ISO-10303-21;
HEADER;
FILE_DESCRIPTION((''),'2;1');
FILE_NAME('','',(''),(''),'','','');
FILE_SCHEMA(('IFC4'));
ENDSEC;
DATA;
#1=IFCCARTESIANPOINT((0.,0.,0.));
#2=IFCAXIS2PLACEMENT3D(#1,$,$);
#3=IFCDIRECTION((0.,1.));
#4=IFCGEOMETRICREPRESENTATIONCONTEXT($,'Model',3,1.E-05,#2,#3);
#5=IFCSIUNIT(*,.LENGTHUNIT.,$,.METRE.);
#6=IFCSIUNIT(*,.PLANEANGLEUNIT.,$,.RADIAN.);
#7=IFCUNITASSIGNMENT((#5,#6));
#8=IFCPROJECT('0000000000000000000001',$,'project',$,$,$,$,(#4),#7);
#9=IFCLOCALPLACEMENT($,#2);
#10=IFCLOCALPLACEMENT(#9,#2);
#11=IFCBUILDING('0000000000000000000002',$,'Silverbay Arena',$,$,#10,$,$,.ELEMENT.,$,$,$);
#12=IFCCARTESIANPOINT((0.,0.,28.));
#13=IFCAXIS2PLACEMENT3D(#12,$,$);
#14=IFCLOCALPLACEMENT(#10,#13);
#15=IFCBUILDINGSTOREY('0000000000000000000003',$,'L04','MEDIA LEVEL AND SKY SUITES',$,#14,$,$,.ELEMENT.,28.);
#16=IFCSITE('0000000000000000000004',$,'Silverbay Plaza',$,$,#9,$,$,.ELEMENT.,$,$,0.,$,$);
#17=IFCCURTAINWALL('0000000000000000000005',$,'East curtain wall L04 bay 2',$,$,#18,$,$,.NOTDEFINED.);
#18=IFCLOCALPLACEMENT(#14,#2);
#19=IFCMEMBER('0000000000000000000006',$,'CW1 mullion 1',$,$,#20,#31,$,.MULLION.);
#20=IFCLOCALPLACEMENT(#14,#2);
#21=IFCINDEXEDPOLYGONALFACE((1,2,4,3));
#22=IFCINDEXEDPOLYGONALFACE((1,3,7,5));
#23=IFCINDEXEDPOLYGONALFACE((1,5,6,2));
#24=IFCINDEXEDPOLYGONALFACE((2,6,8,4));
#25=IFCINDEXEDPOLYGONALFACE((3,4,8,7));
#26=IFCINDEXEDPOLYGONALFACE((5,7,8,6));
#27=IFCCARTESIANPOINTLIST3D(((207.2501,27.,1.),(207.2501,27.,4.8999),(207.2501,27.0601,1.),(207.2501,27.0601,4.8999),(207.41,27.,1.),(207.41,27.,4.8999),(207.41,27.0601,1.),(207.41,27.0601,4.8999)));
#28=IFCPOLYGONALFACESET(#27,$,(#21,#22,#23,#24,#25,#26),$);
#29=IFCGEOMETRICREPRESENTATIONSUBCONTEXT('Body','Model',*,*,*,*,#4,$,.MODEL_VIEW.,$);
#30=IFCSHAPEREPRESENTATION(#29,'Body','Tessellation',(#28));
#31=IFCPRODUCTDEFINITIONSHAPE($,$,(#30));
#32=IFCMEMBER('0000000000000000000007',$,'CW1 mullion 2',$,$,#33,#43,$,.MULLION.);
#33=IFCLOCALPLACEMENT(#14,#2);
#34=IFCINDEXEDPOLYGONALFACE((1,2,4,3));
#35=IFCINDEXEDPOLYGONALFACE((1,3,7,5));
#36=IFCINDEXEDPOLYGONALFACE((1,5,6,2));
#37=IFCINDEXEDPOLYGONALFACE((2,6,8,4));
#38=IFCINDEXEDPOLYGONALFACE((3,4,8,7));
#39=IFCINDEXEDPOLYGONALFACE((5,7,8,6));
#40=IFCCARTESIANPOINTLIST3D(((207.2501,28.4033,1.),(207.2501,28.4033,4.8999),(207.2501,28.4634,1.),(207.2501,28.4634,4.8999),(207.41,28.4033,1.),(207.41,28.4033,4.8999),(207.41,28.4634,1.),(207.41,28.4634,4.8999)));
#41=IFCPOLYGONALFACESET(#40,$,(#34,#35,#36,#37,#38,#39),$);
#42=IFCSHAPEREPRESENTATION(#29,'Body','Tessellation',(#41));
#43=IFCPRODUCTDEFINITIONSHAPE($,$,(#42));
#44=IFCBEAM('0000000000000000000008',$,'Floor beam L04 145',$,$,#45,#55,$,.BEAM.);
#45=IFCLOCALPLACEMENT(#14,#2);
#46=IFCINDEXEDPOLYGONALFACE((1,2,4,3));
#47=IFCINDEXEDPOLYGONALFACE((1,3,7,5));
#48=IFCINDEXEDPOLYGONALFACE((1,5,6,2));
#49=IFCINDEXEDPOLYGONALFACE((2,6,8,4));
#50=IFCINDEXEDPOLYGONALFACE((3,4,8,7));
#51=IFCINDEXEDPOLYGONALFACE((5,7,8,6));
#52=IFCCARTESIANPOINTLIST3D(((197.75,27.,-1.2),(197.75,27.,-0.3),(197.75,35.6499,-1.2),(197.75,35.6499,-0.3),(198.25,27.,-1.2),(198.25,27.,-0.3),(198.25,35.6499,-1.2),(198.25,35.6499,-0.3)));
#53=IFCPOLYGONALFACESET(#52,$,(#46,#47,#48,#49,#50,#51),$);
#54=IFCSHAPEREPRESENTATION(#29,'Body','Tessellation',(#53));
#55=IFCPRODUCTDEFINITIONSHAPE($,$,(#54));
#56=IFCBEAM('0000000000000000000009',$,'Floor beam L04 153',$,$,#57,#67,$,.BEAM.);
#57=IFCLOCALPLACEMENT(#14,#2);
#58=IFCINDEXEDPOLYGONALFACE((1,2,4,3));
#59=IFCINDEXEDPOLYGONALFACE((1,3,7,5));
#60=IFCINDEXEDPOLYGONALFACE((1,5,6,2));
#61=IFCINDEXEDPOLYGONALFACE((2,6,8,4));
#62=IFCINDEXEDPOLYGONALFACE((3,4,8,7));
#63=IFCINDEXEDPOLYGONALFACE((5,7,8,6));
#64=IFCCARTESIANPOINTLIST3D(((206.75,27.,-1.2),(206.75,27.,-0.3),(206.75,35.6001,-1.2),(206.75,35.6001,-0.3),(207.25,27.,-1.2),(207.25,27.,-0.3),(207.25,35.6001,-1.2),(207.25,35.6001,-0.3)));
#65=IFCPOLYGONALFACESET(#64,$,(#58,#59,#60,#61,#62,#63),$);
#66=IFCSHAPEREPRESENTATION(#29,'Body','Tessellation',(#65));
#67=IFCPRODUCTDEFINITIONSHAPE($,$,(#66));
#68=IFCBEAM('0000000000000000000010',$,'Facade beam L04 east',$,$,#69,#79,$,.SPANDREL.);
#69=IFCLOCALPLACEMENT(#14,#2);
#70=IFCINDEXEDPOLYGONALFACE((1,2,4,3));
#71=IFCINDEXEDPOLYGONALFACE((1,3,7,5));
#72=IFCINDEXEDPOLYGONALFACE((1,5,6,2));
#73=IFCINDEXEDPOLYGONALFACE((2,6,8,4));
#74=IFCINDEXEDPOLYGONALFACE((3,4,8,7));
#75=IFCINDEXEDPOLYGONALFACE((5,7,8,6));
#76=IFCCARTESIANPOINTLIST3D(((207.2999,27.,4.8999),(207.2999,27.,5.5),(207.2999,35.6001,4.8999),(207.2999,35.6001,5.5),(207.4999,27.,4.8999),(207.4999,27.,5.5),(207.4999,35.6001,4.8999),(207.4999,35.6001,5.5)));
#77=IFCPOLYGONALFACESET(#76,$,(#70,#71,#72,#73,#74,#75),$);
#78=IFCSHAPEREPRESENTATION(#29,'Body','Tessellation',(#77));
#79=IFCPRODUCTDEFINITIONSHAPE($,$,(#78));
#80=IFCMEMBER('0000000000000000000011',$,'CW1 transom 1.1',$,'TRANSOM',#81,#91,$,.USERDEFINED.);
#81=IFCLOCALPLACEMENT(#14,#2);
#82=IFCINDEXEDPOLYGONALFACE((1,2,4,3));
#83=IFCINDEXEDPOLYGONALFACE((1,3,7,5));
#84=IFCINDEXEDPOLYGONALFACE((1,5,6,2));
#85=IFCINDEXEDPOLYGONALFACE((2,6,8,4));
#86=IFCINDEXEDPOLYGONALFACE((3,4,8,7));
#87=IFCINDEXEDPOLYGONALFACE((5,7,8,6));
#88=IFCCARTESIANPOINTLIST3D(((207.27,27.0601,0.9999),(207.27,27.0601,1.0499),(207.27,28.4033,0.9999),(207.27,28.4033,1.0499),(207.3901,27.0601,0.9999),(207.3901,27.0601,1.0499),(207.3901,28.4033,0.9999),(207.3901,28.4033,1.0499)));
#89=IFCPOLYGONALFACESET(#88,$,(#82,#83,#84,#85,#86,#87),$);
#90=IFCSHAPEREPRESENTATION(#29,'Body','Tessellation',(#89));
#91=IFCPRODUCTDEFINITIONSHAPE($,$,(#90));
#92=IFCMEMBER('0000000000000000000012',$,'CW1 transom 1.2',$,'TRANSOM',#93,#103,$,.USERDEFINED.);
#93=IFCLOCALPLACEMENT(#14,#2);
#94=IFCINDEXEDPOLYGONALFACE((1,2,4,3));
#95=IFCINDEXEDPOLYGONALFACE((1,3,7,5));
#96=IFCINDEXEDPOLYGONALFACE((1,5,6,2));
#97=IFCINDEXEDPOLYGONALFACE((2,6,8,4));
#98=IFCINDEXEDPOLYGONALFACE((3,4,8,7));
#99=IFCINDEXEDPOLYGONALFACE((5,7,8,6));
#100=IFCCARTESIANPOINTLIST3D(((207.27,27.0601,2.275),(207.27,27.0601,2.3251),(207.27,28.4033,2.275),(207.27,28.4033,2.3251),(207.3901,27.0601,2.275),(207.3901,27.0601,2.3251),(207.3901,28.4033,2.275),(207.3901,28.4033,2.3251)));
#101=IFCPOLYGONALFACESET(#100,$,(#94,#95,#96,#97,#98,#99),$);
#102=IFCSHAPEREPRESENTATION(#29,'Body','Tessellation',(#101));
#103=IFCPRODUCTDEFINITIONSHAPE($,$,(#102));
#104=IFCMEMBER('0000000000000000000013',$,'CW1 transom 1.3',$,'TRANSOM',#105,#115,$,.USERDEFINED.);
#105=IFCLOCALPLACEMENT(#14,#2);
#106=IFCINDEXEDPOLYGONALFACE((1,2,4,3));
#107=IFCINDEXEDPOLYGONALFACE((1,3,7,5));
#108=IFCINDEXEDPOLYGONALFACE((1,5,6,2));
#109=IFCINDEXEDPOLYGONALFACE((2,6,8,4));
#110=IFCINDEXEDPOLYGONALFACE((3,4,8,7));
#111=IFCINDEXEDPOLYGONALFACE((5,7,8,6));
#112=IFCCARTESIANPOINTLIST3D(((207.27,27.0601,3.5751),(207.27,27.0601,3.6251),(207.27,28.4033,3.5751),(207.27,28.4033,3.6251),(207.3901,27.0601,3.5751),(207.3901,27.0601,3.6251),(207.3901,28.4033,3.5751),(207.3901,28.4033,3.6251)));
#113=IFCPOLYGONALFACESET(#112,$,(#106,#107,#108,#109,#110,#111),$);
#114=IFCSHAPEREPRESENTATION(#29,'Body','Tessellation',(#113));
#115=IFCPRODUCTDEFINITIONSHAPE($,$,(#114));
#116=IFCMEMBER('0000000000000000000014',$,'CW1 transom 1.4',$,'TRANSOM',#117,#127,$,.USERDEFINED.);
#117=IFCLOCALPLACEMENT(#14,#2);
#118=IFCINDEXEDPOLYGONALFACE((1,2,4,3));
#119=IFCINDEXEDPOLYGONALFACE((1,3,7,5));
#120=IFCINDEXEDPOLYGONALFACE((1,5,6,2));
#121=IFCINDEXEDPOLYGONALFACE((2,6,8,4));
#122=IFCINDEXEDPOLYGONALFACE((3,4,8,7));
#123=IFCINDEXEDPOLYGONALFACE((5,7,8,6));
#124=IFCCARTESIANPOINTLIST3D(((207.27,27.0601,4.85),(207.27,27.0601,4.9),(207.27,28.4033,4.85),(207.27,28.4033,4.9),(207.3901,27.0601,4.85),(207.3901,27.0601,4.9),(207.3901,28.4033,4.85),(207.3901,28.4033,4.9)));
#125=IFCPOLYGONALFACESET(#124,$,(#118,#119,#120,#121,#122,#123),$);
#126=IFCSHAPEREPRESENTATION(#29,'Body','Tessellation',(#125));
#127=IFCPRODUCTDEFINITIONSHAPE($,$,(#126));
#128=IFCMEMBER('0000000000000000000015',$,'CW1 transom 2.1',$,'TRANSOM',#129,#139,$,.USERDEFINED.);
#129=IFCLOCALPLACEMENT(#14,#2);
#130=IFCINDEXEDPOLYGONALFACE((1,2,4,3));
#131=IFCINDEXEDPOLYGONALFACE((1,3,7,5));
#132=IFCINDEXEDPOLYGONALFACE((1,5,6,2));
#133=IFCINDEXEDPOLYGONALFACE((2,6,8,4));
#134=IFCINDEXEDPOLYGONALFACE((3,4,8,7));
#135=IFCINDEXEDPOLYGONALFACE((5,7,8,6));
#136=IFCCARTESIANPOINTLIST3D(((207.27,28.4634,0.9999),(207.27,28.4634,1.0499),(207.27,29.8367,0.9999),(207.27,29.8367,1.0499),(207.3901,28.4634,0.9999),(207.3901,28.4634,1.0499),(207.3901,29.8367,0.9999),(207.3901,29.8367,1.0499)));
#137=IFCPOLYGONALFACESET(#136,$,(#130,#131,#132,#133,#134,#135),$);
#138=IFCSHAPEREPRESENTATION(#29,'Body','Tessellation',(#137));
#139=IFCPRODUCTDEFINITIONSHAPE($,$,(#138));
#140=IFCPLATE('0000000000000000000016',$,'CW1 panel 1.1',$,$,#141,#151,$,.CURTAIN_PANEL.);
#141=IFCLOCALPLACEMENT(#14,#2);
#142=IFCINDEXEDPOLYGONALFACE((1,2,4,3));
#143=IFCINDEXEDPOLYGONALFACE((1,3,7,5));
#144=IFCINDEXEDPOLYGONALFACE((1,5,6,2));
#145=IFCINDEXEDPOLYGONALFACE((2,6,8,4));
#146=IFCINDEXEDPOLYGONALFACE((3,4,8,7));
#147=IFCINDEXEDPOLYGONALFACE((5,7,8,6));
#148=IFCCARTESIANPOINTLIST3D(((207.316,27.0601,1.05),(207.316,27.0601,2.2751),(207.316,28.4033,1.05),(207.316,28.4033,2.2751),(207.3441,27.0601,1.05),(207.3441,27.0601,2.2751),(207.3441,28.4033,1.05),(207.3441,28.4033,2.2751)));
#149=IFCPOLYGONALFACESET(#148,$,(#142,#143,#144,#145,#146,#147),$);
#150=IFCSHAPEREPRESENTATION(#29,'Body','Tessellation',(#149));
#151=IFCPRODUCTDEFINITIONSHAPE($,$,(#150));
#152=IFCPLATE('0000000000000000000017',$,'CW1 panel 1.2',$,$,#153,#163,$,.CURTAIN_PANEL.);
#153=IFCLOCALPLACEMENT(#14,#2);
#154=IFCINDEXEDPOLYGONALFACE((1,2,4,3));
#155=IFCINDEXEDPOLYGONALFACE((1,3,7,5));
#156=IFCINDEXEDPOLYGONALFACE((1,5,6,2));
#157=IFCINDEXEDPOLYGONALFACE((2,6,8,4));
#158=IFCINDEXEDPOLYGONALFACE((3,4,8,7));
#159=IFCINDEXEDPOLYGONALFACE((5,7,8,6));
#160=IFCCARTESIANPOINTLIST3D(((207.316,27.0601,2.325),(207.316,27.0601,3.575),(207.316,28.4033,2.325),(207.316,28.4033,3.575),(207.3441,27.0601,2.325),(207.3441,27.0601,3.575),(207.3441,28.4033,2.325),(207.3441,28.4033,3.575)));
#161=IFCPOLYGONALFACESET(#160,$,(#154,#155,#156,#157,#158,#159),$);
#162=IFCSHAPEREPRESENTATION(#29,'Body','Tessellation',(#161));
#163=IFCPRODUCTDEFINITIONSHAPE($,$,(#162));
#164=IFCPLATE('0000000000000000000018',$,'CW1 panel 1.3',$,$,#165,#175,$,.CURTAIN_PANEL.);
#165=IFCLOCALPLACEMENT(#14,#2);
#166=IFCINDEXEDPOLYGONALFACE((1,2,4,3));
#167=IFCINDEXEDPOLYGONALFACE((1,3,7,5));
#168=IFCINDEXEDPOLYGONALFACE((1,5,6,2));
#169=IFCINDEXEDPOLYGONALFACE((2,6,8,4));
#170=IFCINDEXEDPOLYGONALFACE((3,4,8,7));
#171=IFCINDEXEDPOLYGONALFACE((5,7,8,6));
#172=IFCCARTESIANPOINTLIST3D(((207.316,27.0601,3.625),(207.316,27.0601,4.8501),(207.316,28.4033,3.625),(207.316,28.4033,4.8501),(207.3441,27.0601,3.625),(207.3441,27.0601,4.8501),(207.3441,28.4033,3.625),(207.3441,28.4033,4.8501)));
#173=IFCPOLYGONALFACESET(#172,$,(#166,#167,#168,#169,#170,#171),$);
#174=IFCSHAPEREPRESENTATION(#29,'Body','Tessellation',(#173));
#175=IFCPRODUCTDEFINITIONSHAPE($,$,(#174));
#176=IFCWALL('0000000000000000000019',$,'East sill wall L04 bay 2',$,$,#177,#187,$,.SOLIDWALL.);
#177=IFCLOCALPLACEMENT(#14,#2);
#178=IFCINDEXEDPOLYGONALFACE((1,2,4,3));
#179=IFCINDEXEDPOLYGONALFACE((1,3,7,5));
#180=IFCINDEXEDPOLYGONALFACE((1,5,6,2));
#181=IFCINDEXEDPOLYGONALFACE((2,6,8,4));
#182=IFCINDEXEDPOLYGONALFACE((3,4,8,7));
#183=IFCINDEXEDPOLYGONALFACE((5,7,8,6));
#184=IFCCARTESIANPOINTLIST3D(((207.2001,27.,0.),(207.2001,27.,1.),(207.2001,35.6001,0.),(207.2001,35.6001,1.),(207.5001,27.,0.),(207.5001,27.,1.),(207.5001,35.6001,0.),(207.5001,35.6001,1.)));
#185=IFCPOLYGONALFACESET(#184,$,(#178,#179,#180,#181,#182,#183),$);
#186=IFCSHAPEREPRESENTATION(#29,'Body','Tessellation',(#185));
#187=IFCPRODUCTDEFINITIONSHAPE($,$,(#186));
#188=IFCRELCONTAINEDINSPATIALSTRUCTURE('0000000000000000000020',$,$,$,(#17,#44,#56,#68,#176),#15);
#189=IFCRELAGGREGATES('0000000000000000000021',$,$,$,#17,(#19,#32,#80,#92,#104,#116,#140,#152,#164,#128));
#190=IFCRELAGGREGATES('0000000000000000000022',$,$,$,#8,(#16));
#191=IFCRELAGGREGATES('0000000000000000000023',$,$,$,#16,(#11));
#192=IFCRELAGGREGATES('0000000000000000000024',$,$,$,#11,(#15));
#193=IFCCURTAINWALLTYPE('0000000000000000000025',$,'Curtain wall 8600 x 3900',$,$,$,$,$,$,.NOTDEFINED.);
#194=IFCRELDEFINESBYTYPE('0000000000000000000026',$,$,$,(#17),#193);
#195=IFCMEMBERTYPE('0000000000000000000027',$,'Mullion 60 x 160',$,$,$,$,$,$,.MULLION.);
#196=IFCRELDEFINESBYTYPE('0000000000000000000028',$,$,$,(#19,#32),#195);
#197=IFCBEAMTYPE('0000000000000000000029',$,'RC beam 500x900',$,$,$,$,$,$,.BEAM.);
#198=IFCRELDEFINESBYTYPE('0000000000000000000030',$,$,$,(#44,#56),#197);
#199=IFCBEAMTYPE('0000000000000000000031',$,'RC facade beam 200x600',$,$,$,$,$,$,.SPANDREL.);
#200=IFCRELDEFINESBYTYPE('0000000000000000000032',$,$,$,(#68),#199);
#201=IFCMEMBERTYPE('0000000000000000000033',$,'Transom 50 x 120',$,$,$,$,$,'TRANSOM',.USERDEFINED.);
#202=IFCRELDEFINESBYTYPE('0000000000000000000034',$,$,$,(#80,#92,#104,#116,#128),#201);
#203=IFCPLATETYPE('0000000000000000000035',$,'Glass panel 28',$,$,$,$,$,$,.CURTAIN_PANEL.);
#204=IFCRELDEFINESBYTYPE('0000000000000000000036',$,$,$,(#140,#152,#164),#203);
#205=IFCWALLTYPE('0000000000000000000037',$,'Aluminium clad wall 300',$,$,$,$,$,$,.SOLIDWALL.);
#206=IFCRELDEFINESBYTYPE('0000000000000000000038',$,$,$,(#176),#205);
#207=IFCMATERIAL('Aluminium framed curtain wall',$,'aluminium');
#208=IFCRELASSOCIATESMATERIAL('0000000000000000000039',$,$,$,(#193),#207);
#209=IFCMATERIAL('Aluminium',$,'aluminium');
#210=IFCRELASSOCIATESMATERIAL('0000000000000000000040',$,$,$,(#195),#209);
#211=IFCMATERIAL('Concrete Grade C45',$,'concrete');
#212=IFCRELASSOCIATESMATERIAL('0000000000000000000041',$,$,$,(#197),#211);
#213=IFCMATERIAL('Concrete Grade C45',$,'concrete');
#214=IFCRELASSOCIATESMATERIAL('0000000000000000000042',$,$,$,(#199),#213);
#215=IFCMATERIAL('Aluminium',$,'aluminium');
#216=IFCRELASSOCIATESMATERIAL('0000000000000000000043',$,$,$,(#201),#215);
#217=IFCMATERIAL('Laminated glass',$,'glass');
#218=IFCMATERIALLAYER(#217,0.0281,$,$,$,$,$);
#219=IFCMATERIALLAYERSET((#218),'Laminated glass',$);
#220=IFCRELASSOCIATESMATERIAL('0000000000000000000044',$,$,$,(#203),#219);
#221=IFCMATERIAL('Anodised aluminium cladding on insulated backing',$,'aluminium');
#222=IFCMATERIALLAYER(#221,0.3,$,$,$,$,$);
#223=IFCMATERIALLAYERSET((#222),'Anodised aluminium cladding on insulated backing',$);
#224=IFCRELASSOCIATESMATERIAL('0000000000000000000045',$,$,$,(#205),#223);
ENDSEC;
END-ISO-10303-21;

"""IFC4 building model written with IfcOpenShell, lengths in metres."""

from ifc_helpers import new_model, si_unit, direction, frame, frame_2d, origin, origin_2d, place, context, subcontext, project, spatial, rectangle, extrude, material, layer, layer_set, material_profile, profile_set, type_object, element, aggregate, save


model = new_model("IFC4")

# Units and contexts
model_context = context("Model", 3, precision=1e-05, world=origin(), true_north=direction((0.0, 1.0)))
body_context = subcontext(model_context, "Body", "Model", "MODEL_VIEW")
ifc_project = project(units=[si_unit("LENGTHUNIT", "METRE"), si_unit("PLANEANGLEUNIT", "RADIAN")], contexts=[model_context])

# Site, building, storey
site_placement = place(None, origin())
site = spatial("IfcSite", under=ifc_project, at=site_placement, Name="Silverbay Plaza", CompositionType="ELEMENT", RefElevation=0.0)
building_placement = place(site_placement, origin())
building = spatial("IfcBuilding", under=site, at=building_placement, Name="Silverbay Arena", CompositionType="ELEMENT")
storey_placement = place(building_placement, frame((0.0, 0.0, 28.0)))
storey = spatial("IfcBuildingStorey", under=building, at=storey_placement, Name="L04", Description="MEDIA LEVEL AND SKY SUITES", CompositionType="ELEMENT", Elevation=28.0)

# Curtain wall, members
ifc_material_1 = material(Name="Aluminium framed curtain wall", Category="aluminium")
curtain_wall_type = type_object("IfcCurtainWallType", Name="Curtain wall 8600 x 3900", PredefinedType="NOTDEFINED", material=ifc_material_1)
curtain_wall_placement = place(storey_placement, origin())
curtain_wall = element("IfcCurtainWall", 1, at=curtain_wall_placement, inside=storey, type_object=curtain_wall_type, Name="East curtain wall L04 bay 2", PredefinedType="NOTDEFINED")
ifc_material_2 = material(Name="Aluminium", Category="aluminium")
ifc_material_profile_1 = material_profile(ifc_material_2, rectangle(XDim=0.1599, YDim=0.0601, at=origin_2d()), Name="Mullion 60 x 160")
ifc_profile_set_1 = profile_set([ifc_material_profile_1], Name="Aluminium")
member_type_1 = type_object("IfcMemberType", Name="Mullion 60 x 160", PredefinedType="MULLION", material=ifc_profile_set_1)
member_1_placement = place(storey_placement, frame((207.3301, 27.03, 1.0), z_axis=(0.0, 0.0, 1.0), x_axis=(-1.0, 0.0, 0.0)))
member_1 = element("IfcMember", 2, at=member_1_placement, type_object=member_type_1, Name="CW1 mullion 1", PredefinedType="MULLION", context=body_context, shape_type="SweptSolid", body=[
    extrude(rectangle(XDim=0.1599, YDim=0.0601, at=origin_2d()), origin(), (0.0, 0.0, 1.0), 3.8999),
])
member_2_placement = place(storey_placement, frame((207.3301, 28.4333, 1.0), z_axis=(0.0, 0.0, 1.0), x_axis=(-1.0, 0.0, 0.0)))
member_2 = element("IfcMember", 3, at=member_2_placement, type_object=member_type_1, Name="CW1 mullion 2", PredefinedType="MULLION", context=body_context, shape_type="SweptSolid", body=[
    extrude(rectangle(XDim=0.1599, YDim=0.0601, at=origin_2d()), origin(), (0.0, 0.0, 1.0), 3.8999),
])

# Beams
ifc_material_3 = material(Name="Concrete Grade C45", Category="concrete")
ifc_material_profile_2 = material_profile(ifc_material_3, rectangle(XDim=0.5, YDim=0.8999, at=origin_2d()), Name="RC 500x900")
ifc_profile_set_2 = profile_set([ifc_material_profile_2], Name="Concrete Grade C45")
beam_type_1 = type_object("IfcBeamType", Name="RC beam 500x900", PredefinedType="BEAM", material=ifc_profile_set_2)
beam_1_placement = place(storey_placement, frame((198.0, 27.0, -0.75), z_axis=(0.0, 1.0, 0.0), x_axis=(-1.0, 0.0, 0.0)))
element("IfcBeam", 4, at=beam_1_placement, inside=storey, type_object=beam_type_1, Name="Floor beam L04 145", PredefinedType="BEAM", context=body_context, shape_type="SweptSolid", body=[
    extrude(rectangle(XDim=0.5, YDim=0.8999, at=origin_2d()), origin(), (0.0, 0.0, 1.0), 8.6499),
])
beam_2_placement = place(storey_placement, frame((207.0, 27.0, -0.75), z_axis=(0.0, 1.0, 0.0), x_axis=(-1.0, 0.0, 0.0)))
element("IfcBeam", 5, at=beam_2_placement, inside=storey, type_object=beam_type_1, Name="Floor beam L04 153", PredefinedType="BEAM", context=body_context, shape_type="SweptSolid", body=[
    extrude(rectangle(XDim=0.5, YDim=0.8999, at=origin_2d()), origin(), (0.0, 0.0, 1.0), 8.6001),
])
ifc_material_4 = material(Name="Concrete Grade C45", Category="concrete")
ifc_material_profile_3 = material_profile(ifc_material_4, rectangle(XDim=0.2, YDim=0.6001, at=origin_2d()), Name="RC 200x600")
ifc_profile_set_3 = profile_set([ifc_material_profile_3], Name="Concrete Grade C45")
beam_type_2 = type_object("IfcBeamType", Name="RC facade beam 200x600", PredefinedType="SPANDREL", material=ifc_profile_set_3)
beam_3_placement = place(storey_placement, frame((207.3999, 27.0, 5.2), z_axis=(0.0, 1.0, 0.0), x_axis=(-1.0, 0.0, 0.0)))
element("IfcBeam", 6, at=beam_3_placement, inside=storey, type_object=beam_type_2, Name="Facade beam L04 east", PredefinedType="SPANDREL", context=body_context, shape_type="SweptSolid", body=[
    extrude(rectangle(XDim=0.2, YDim=0.6001, at=origin_2d()), origin(), (0.0, 0.0, 1.0), 8.6001),
])

# Members
ifc_material_5 = material(Name="Aluminium", Category="aluminium")
ifc_material_profile_4 = material_profile(ifc_material_5, rectangle(XDim=0.1201, YDim=0.05, at=origin_2d()), Name="Transom 50 x 120")
ifc_profile_set_4 = profile_set([ifc_material_profile_4], Name="Aluminium")
member_type_2 = type_object("IfcMemberType", Name="Transom 50 x 120", ElementType="TRANSOM", PredefinedType="USERDEFINED", material=ifc_profile_set_4)
member_3_placement = place(storey_placement, frame((207.3301, 27.0601, 1.0249), z_axis=(0.0, 1.0, 0.0), x_axis=(-1.0, 0.0, 0.0)))
member_3 = element("IfcMember", 7, at=member_3_placement, type_object=member_type_2, Name="CW1 transom 1.1", ObjectType="TRANSOM", PredefinedType="USERDEFINED", context=body_context, shape_type="SweptSolid", body=[
    extrude(rectangle(XDim=0.1201, YDim=0.05, at=origin_2d()), origin(), (0.0, 0.0, 1.0), 1.3433),
])
member_4_placement = place(storey_placement, frame((207.3301, 27.0601, 2.3), z_axis=(0.0, 1.0, 0.0), x_axis=(-1.0, 0.0, 0.0)))
member_4 = element("IfcMember", 8, at=member_4_placement, type_object=member_type_2, Name="CW1 transom 1.2", ObjectType="TRANSOM", PredefinedType="USERDEFINED", context=body_context, shape_type="SweptSolid", body=[
    extrude(rectangle(XDim=0.1201, YDim=0.05, at=origin_2d()), origin(), (0.0, 0.0, 1.0), 1.3433),
])
member_5_placement = place(storey_placement, frame((207.3301, 27.0601, 3.6001), z_axis=(0.0, 1.0, 0.0), x_axis=(-1.0, 0.0, 0.0)))
member_5 = element("IfcMember", 9, at=member_5_placement, type_object=member_type_2, Name="CW1 transom 1.3", ObjectType="TRANSOM", PredefinedType="USERDEFINED", context=body_context, shape_type="SweptSolid", body=[
    extrude(rectangle(XDim=0.1201, YDim=0.05, at=origin_2d()), origin(), (0.0, 0.0, 1.0), 1.3433),
])
member_6_placement = place(storey_placement, frame((207.3301, 27.0601, 4.875), z_axis=(0.0, 1.0, 0.0), x_axis=(-1.0, 0.0, 0.0)))
member_6 = element("IfcMember", 10, at=member_6_placement, type_object=member_type_2, Name="CW1 transom 1.4", ObjectType="TRANSOM", PredefinedType="USERDEFINED", context=body_context, shape_type="SweptSolid", body=[
    extrude(rectangle(XDim=0.1201, YDim=0.05, at=origin_2d()), origin(), (0.0, 0.0, 1.0), 1.3433),
])
member_7_placement = place(storey_placement, frame((207.3301, 28.4634, 1.0249), z_axis=(0.0, 1.0, 0.0), x_axis=(-1.0, 0.0, 0.0)))
member_7 = element("IfcMember", 11, at=member_7_placement, type_object=member_type_2, Name="CW1 transom 2.1", ObjectType="TRANSOM", PredefinedType="USERDEFINED", context=body_context, shape_type="SweptSolid", body=[
    extrude(rectangle(XDim=0.1201, YDim=0.05, at=origin_2d()), origin(), (0.0, 0.0, 1.0), 1.3733),
])

# Plates
ifc_material_6 = material(Name="Laminated glass", Category="glass")
ifc_layer_1 = layer(ifc_material_6, 0.0281)
ifc_layer_set_1 = layer_set([ifc_layer_1], Name="Laminated glass")
plate_type = type_object("IfcPlateType", Name="Glass panel 28", PredefinedType="CURTAIN_PANEL", material=ifc_layer_set_1)
plate_1_placement = place(storey_placement, frame((207.3301, 27.7317, 1.05), z_axis=(0.0, 0.0, 1.0), x_axis=(0.0, 1.0, 0.0)))
plate_1 = element("IfcPlate", 12, at=plate_1_placement, type_object=plate_type, Name="CW1 panel 1.1", PredefinedType="CURTAIN_PANEL", context=body_context, shape_type="SweptSolid", body=[
    extrude(rectangle(XDim=1.3433, YDim=0.0281, at=origin_2d()), origin(), (0.0, 0.0, 1.0), 1.2251),
])
plate_2_placement = place(storey_placement, frame((207.3301, 27.7317, 2.325), z_axis=(0.0, 0.0, 1.0), x_axis=(0.0, 1.0, 0.0)))
plate_2 = element("IfcPlate", 13, at=plate_2_placement, type_object=plate_type, Name="CW1 panel 1.2", PredefinedType="CURTAIN_PANEL", context=body_context, shape_type="SweptSolid", body=[
    extrude(rectangle(XDim=1.3433, YDim=0.0281, at=origin_2d()), origin(), (0.0, 0.0, 1.0), 1.25),
])
plate_3_placement = place(storey_placement, frame((207.3301, 27.7317, 3.625), z_axis=(0.0, 0.0, 1.0), x_axis=(0.0, 1.0, 0.0)))
plate_3 = element("IfcPlate", 14, at=plate_3_placement, type_object=plate_type, Name="CW1 panel 1.3", PredefinedType="CURTAIN_PANEL", context=body_context, shape_type="SweptSolid", body=[
    extrude(rectangle(XDim=1.3433, YDim=0.0281, at=origin_2d()), origin(), (0.0, 0.0, 1.0), 1.2251),
])
aggregate(curtain_wall, [member_1, member_2, member_3, member_4, member_5, member_6, plate_1, plate_2, plate_3, member_7])

# Wall
ifc_material_7 = material(Name="Anodised aluminium cladding on insulated backing", Category="aluminium")
ifc_layer_2 = layer(ifc_material_7, 0.3)
ifc_layer_set_2 = layer_set([ifc_layer_2], Name="Anodised aluminium cladding on insulated backing")
wall_type_1 = type_object("IfcWallType", Name="Aluminium clad wall 300", PredefinedType="SOLIDWALL", material=ifc_layer_set_2)
wall_1_placement = place(storey_placement, frame((207.3501, 27.0, 0.0), z_axis=(0.0, 0.0, 1.0), x_axis=(0.0, 1.0, 0.0)))
element("IfcWall", 15, at=wall_1_placement, inside=storey, type_object=wall_type_1, Name="East sill wall L04 bay 2", PredefinedType="SOLIDWALL", context=body_context, shape_type="SweptSolid", body=[
    extrude(rectangle(XDim=8.6001, YDim=0.3, at=frame_2d((4.3, 0.0))), origin(), (0.0, 0.0, 1.0), 1.0),
])

save(model, "model.ifc")
